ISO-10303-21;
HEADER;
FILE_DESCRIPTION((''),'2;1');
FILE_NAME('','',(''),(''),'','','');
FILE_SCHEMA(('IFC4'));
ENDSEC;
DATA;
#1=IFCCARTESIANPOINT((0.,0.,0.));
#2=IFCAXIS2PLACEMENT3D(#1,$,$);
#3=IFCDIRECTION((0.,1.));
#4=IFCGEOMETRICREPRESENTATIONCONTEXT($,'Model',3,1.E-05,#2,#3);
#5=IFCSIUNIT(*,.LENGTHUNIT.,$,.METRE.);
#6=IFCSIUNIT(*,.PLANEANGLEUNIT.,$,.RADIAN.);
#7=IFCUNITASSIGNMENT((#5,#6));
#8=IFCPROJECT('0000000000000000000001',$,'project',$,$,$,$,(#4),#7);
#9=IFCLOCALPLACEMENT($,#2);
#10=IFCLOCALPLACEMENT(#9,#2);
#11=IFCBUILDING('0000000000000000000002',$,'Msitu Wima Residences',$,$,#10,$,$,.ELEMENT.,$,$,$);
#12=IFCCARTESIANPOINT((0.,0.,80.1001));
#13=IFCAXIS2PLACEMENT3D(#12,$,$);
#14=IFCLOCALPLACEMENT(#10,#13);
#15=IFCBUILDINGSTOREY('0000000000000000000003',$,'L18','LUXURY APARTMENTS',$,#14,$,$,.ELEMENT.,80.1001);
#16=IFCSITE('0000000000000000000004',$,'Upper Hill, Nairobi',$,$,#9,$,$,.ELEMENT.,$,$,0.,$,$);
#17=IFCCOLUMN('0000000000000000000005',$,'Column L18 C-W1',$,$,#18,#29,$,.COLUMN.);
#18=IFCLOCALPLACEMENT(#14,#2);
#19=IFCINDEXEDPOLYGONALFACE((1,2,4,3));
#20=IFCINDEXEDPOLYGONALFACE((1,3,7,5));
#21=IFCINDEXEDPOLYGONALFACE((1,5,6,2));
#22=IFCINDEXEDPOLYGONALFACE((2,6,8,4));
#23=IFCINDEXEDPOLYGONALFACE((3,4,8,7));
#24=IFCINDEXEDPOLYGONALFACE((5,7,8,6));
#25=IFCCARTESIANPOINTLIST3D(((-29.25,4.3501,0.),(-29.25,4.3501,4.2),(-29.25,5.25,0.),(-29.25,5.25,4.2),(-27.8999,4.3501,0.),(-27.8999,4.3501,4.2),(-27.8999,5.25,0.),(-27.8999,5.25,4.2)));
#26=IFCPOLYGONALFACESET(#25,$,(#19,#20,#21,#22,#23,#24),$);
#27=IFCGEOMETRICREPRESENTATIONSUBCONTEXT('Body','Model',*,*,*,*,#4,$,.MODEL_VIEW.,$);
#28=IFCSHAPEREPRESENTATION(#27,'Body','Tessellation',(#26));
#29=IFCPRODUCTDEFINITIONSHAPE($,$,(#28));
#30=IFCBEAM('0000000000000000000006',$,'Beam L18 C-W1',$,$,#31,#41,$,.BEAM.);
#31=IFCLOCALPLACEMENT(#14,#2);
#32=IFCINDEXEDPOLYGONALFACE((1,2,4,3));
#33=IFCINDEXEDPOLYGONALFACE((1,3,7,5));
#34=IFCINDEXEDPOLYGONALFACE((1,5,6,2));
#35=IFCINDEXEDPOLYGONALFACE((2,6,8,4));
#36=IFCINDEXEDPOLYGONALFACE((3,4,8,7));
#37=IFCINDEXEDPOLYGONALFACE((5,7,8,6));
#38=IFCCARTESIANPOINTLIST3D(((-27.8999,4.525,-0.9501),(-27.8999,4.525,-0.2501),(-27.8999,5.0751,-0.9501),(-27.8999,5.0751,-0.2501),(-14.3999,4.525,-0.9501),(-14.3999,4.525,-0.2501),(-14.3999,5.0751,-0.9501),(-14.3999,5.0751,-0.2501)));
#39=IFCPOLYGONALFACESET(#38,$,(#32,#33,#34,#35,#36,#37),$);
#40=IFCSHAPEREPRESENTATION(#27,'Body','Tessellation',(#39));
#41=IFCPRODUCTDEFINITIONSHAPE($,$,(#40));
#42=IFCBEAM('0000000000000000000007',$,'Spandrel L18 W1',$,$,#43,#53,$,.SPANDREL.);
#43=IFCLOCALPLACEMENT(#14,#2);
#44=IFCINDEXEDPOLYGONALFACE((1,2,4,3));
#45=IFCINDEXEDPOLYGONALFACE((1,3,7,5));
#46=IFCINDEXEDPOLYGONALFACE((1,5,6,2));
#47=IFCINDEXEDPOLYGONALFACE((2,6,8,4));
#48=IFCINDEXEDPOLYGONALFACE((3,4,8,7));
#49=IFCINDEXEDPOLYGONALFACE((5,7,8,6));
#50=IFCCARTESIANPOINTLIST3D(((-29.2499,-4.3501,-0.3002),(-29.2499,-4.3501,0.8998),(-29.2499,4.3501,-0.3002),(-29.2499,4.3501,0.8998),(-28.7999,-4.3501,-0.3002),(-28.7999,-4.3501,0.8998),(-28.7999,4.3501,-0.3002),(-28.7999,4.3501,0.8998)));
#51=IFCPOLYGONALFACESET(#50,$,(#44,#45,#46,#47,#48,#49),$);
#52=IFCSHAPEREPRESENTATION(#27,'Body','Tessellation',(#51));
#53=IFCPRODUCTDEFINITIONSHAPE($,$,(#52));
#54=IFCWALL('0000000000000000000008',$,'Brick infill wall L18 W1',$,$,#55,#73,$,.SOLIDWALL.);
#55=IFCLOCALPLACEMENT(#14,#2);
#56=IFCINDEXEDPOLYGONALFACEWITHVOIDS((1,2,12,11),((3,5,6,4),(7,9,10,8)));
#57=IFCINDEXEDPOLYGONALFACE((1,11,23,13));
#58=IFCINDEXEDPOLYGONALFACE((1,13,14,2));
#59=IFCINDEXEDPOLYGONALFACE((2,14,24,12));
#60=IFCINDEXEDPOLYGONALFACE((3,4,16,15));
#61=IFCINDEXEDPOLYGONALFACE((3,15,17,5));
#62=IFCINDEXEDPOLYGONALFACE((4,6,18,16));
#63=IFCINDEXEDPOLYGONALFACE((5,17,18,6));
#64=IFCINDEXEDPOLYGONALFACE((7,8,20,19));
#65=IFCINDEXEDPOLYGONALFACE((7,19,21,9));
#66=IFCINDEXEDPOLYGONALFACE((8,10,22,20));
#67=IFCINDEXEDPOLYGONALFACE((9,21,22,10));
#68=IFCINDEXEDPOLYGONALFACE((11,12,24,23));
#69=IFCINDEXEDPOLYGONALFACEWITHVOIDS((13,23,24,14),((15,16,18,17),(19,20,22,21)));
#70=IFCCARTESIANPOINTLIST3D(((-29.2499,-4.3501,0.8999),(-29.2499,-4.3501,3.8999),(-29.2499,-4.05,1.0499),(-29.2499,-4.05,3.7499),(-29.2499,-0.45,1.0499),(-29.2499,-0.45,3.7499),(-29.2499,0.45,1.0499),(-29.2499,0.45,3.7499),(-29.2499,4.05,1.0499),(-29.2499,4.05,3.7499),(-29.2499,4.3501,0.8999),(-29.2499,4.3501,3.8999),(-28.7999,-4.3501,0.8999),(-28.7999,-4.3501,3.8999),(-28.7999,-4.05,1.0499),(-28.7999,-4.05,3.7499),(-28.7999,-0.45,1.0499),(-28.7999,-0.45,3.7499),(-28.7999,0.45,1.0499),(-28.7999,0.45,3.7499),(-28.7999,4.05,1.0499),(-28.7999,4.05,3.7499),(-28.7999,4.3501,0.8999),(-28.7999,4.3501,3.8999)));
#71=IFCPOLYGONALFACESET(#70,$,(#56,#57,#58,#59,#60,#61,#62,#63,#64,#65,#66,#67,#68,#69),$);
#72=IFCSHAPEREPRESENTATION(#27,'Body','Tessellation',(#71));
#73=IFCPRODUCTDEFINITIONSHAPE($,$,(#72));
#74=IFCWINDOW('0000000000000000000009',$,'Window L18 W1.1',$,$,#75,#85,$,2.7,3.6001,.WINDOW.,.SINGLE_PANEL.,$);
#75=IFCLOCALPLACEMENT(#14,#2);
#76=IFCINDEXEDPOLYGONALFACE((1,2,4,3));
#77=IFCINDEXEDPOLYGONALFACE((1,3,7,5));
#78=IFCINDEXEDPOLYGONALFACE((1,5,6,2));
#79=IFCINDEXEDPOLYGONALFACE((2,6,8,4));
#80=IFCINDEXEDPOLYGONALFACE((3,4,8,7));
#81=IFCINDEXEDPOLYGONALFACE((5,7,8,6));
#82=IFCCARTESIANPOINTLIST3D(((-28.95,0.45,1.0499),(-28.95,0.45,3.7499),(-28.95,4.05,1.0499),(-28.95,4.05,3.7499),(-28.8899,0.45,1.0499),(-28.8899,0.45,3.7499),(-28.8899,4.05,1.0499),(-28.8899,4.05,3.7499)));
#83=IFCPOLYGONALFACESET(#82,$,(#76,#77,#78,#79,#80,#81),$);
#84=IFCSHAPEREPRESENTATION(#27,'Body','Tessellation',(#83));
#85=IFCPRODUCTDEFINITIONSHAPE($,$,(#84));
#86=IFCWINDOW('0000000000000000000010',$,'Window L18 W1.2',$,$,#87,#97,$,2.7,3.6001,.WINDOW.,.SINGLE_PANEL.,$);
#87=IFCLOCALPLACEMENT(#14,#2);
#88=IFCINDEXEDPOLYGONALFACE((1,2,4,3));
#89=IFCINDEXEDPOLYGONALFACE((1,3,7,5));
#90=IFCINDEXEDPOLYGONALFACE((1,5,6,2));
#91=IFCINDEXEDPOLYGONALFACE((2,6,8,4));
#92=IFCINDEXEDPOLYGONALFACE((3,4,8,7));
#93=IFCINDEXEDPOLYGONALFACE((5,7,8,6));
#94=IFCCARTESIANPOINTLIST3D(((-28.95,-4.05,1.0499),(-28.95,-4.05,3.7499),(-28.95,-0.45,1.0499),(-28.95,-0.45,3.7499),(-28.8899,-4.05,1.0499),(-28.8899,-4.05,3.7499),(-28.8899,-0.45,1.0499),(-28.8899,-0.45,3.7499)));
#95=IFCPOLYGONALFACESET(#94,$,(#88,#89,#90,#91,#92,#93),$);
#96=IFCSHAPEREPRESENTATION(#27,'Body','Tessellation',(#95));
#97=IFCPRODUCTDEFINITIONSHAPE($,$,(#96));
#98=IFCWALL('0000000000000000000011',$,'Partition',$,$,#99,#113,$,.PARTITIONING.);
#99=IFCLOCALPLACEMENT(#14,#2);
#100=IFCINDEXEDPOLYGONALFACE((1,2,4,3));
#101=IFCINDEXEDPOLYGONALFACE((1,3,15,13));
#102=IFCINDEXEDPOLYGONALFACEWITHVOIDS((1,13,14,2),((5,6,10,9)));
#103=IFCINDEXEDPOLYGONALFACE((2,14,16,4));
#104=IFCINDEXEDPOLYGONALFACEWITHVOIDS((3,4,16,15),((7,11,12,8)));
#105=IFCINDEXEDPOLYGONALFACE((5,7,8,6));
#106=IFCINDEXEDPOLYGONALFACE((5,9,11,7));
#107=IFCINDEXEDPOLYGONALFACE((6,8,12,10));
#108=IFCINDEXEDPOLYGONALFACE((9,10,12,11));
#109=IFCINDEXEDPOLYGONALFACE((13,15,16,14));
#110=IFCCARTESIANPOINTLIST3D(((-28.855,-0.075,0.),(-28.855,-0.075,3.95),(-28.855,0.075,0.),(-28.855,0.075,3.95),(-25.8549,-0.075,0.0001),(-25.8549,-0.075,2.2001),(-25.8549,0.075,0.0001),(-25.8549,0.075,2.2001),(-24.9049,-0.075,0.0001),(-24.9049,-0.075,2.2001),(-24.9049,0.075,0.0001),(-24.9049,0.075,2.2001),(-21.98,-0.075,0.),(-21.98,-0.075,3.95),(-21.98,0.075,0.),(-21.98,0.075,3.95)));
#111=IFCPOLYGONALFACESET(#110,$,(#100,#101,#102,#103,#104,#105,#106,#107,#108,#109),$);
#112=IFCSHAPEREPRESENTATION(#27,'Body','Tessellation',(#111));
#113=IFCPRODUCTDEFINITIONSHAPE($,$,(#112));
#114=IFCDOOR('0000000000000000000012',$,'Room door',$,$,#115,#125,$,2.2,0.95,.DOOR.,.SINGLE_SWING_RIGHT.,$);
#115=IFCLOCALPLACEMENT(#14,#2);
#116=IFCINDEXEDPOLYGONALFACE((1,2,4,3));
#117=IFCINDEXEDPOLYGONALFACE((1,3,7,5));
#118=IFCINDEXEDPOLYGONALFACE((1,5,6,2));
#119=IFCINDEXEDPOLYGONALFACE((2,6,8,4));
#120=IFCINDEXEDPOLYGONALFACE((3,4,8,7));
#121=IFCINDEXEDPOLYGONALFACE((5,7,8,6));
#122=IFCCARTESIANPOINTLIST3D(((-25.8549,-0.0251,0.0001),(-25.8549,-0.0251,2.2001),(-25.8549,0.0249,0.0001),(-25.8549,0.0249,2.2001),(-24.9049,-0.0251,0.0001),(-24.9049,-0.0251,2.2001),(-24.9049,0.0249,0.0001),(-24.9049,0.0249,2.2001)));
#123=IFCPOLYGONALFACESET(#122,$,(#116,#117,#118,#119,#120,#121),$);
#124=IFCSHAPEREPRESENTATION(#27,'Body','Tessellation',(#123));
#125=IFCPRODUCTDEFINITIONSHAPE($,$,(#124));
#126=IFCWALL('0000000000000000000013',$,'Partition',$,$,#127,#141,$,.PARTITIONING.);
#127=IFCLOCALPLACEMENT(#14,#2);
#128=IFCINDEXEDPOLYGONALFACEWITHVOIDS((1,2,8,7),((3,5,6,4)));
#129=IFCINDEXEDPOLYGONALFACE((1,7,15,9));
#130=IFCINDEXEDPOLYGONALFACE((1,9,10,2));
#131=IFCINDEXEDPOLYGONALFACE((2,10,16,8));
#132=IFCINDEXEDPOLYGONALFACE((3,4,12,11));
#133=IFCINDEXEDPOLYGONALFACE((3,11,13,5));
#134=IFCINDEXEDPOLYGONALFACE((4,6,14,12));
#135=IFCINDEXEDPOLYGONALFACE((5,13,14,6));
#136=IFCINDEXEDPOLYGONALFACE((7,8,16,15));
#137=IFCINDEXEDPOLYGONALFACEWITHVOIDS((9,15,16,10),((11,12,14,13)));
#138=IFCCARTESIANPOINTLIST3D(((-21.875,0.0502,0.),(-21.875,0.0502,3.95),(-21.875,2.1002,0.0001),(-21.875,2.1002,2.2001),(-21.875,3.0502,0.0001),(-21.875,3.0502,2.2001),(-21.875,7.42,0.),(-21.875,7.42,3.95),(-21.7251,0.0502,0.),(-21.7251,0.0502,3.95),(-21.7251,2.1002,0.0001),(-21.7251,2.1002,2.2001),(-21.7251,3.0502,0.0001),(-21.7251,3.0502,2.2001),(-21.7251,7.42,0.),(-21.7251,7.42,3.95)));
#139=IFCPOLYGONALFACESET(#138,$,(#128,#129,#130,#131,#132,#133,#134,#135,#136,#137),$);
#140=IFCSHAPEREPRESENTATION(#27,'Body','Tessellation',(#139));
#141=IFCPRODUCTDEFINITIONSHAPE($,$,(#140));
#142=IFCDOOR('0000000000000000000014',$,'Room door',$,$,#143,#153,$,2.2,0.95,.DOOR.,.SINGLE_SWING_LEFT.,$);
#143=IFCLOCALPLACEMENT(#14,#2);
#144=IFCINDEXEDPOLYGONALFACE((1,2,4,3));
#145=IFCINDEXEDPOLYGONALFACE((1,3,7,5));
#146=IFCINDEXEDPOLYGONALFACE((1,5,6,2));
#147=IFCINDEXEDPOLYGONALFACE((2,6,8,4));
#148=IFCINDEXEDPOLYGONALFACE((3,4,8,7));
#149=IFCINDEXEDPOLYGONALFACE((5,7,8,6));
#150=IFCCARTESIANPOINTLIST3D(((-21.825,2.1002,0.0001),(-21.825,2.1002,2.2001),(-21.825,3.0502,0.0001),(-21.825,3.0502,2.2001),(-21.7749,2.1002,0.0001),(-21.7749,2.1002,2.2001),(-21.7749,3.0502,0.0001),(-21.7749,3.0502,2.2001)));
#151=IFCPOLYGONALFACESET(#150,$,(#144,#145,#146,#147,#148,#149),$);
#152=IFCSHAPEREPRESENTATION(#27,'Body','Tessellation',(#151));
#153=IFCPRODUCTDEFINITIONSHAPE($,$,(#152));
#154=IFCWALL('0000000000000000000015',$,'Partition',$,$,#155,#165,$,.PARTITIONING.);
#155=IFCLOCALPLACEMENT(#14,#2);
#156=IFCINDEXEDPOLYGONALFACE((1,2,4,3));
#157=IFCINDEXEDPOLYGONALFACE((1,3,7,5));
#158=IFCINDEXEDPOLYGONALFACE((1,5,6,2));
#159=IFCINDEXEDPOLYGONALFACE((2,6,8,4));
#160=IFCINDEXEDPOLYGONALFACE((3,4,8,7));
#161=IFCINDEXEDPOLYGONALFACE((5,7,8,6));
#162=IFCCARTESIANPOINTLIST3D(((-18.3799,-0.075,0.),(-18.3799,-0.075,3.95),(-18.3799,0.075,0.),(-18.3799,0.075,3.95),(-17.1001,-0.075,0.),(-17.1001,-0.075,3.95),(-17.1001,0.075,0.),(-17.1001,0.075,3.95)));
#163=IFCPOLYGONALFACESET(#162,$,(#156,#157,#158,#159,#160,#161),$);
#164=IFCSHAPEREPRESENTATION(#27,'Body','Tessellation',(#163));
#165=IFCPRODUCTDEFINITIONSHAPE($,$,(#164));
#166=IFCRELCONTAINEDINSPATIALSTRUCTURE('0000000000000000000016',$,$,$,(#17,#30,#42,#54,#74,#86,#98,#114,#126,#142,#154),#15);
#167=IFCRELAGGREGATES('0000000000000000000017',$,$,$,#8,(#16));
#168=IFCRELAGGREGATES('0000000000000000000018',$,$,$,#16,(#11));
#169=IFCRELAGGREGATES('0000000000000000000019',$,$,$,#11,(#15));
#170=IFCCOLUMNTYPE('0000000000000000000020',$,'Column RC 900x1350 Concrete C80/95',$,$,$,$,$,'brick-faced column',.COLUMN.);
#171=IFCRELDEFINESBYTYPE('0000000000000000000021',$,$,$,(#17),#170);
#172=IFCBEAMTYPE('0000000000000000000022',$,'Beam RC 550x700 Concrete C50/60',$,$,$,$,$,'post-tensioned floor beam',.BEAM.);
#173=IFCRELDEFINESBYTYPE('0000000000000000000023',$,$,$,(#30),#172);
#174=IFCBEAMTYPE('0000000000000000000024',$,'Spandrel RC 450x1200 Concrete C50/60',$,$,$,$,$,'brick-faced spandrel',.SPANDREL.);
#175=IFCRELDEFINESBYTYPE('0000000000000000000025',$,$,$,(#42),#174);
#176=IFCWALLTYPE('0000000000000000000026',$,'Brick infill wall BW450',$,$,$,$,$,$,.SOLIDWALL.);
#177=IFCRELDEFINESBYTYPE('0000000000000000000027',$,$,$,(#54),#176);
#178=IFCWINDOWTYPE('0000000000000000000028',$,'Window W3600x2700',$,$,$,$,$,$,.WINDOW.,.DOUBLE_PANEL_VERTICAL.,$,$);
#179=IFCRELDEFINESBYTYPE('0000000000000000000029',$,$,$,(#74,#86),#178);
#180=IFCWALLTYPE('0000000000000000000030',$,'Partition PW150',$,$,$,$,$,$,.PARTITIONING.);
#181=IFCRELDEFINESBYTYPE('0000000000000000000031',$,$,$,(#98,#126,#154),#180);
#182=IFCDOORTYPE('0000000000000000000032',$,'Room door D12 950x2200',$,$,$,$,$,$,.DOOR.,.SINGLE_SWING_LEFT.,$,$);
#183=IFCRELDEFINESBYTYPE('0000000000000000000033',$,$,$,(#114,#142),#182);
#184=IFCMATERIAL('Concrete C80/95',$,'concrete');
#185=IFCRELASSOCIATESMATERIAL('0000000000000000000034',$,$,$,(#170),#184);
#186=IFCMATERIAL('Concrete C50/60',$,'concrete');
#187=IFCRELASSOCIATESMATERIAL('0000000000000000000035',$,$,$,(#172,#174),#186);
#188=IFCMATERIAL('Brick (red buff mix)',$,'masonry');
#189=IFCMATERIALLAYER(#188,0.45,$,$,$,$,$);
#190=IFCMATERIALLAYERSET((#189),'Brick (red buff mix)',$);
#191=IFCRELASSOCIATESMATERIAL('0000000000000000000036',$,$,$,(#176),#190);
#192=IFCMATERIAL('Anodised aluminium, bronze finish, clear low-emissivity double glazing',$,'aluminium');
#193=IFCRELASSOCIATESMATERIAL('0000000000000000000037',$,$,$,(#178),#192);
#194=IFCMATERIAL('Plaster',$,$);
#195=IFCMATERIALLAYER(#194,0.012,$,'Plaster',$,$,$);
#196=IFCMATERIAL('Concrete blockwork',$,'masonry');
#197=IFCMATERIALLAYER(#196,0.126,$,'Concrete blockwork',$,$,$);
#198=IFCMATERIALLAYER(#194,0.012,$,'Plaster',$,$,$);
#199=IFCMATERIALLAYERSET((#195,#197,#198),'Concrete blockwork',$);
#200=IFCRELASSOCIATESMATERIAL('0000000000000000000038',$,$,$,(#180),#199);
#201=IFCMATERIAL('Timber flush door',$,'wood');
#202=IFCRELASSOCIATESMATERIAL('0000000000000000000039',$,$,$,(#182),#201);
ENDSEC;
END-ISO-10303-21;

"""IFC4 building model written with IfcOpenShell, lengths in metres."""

from ifc_helpers import new_model, si_unit, direction, frame, frame_2d, origin, origin_2d, place, context, subcontext, project, spatial, rectangle, extrude, material, layer, layer_set, material_profile, profile_set, type_object, element, fill, save


model = new_model("IFC4")

# Units and contexts
model_context = context("Model", 3, precision=1e-05, world=origin(), true_north=direction((0.0, 1.0)))
body_context = subcontext(model_context, "Body", "Model", "MODEL_VIEW")
ifc_project = project(units=[si_unit("LENGTHUNIT", "METRE"), si_unit("PLANEANGLEUNIT", "RADIAN")], contexts=[model_context])

# Site, building, storey
site_placement = place(None, origin())
site = spatial("IfcSite", under=ifc_project, at=site_placement, Name="Upper Hill, Nairobi", CompositionType="ELEMENT", RefElevation=0.0)
building_placement = place(site_placement, origin())
building = spatial("IfcBuilding", under=site, at=building_placement, Name="Msitu Wima Residences", CompositionType="ELEMENT")
storey_placement = place(building_placement, frame((0.0, 0.0, 80.1001)))
storey = spatial("IfcBuildingStorey", under=building, at=storey_placement, Name="L18", Description="LUXURY APARTMENTS", CompositionType="ELEMENT", Elevation=80.1001)

# Column
ifc_material_1 = material(Name="Concrete C80/95", Category="concrete")
ifc_material_profile_1 = material_profile(ifc_material_1, rectangle(XDim=0.8999, YDim=1.3501, at=origin_2d()), Name="RC 900x1350")
ifc_profile_set_1 = profile_set([ifc_material_profile_1], Name="Concrete C80/95")
column_type = type_object("IfcColumnType", Name="Column RC 900x1350 Concrete C80/95", ElementType="brick-faced column", PredefinedType="COLUMN", material=ifc_profile_set_1)
column_placement = place(storey_placement, frame((-28.575, 4.8, 0.0), z_axis=(0.0, 0.0, 1.0), x_axis=(0.0, -1.0, 0.0)))
element("IfcColumn", 1, at=column_placement, inside=storey, type_object=column_type, Name="Column L18 C-W1", PredefinedType="COLUMN", context=body_context, shape_type="SweptSolid", body=[
    extrude(rectangle(XDim=0.8999, YDim=1.3501, at=origin_2d()), origin(), (0.0, 0.0, 1.0), 4.2),
])

# Beams
ifc_material_2 = material(Name="Concrete C50/60", Category="concrete")
ifc_material_profile_2 = material_profile(ifc_material_2, rectangle(XDim=0.55, YDim=0.7, at=origin_2d()), Name="RC 550x700")
ifc_profile_set_2 = profile_set([ifc_material_profile_2], Name="Concrete C50/60")
beam_type_1 = type_object("IfcBeamType", Name="Beam RC 550x700 Concrete C50/60", ElementType="post-tensioned floor beam", PredefinedType="BEAM", material=ifc_profile_set_2)
beam_1_placement = place(storey_placement, frame((-27.8999, 4.8, -0.6001), z_axis=(1.0, 0.0, 0.0), x_axis=(0.0, 1.0, 0.0)))
element("IfcBeam", 2, at=beam_1_placement, inside=storey, type_object=beam_type_1, Name="Beam L18 C-W1", PredefinedType="BEAM", context=body_context, shape_type="SweptSolid", body=[
    extrude(rectangle(XDim=0.55, YDim=0.7, at=origin_2d()), origin(), (0.0, 0.0, 1.0), 13.5),
])
ifc_material_profile_3 = material_profile(ifc_material_2, rectangle(XDim=0.45, YDim=1.2, at=origin_2d()), Name="RC 450x1200")
ifc_profile_set_3 = profile_set([ifc_material_profile_3], Name="Concrete C50/60")
beam_type_2 = type_object("IfcBeamType", Name="Spandrel RC 450x1200 Concrete C50/60", ElementType="brick-faced spandrel", PredefinedType="SPANDREL", material=ifc_profile_set_3)
beam_2_placement = place(storey_placement, frame((-29.0249, 4.3501, 0.2998), z_axis=(0.0, -1.0, 0.0), x_axis=(1.0, 0.0, 0.0)))
element("IfcBeam", 3, at=beam_2_placement, inside=storey, type_object=beam_type_2, Name="Spandrel L18 W1", PredefinedType="SPANDREL", context=body_context, shape_type="SweptSolid", body=[
    extrude(rectangle(XDim=0.45, YDim=1.2, at=origin_2d()), origin(), (0.0, 0.0, 1.0), 8.7002),
])

# Wall, openings, windows
ifc_material_3 = material(Name="Brick (red buff mix)", Category="masonry")
ifc_layer_1 = layer(ifc_material_3, 0.45)
ifc_layer_set_1 = layer_set([ifc_layer_1], Name="Brick (red buff mix)")
wall_type_1 = type_object("IfcWallType", Name="Brick infill wall BW450", PredefinedType="SOLIDWALL", material=ifc_layer_set_1)
wall_1_placement = place(storey_placement, frame((-29.0249, 4.3501, 0.8999), z_axis=(0.0, 0.0, 1.0), x_axis=(0.0, -1.0, 0.0)))
wall_1 = element("IfcWall", 4, at=wall_1_placement, inside=storey, type_object=wall_type_1, Name="Brick infill wall L18 W1", PredefinedType="SOLIDWALL", context=body_context, shape_type="SweptSolid", body=[
    extrude(rectangle(XDim=8.7002, YDim=0.45, at=frame_2d((4.3501, 0.0))), origin(), (0.0, 0.0, 1.0), 3.0),
])
opening_1_placement = place(wall_1_placement, frame((0.3, 0.0, 0.1499)))
opening_1 = element("IfcOpeningElement", 5, at=opening_1_placement, cuts=wall_1, PredefinedType="OPENING", context=body_context, shape_type="SweptSolid", body=[
    extrude(rectangle(XDim=3.6001, YDim=2.7, at=frame_2d((1.8, 1.3501))), frame((0.0, 0.2349, 0.0), z_axis=(0.0, -1.0, 0.0), x_axis=(1.0, 0.0, 0.0)), (0.0, 0.0, 1.0), 0.47),
])
opening_2_placement = place(wall_1_placement, frame((4.8, 0.0, 0.1499)))
opening_2 = element("IfcOpeningElement", 6, at=opening_2_placement, cuts=wall_1, PredefinedType="OPENING", context=body_context, shape_type="SweptSolid", body=[
    extrude(rectangle(XDim=3.6001, YDim=2.7, at=frame_2d((1.8, 1.3501))), frame((0.0, 0.2349, 0.0), z_axis=(0.0, -1.0, 0.0), x_axis=(1.0, 0.0, 0.0)), (0.0, 0.0, 1.0), 0.47),
])
ifc_material_4 = material(Name="Anodised aluminium, bronze finish, clear low-emissivity double glazing", Category="aluminium")
window_type = type_object("IfcWindowType", Name="Window W3600x2700", PartitioningType="DOUBLE_PANEL_VERTICAL", PredefinedType="WINDOW", material=ifc_material_4)
window_1_placement = place(opening_1_placement, origin())
window_1 = element("IfcWindow", 7, at=window_1_placement, inside=storey, type_object=window_type, Name="Window L18 W1.1", OverallHeight=2.7, OverallWidth=3.6001, PartitioningType="SINGLE_PANEL", PredefinedType="WINDOW", context=body_context, shape_type="SweptSolid", body=[
    extrude(rectangle(XDim=3.6001, YDim=2.7, at=frame_2d((1.8, 1.3501))), frame((0.0, 0.135, 0.0), z_axis=(0.0, -1.0, 0.0), x_axis=(1.0, 0.0, 0.0)), (0.0, 0.0, 1.0), 0.0601),
])
fill(opening_1, window_1)
window_2_placement = place(opening_2_placement, origin())
window_2 = element("IfcWindow", 8, at=window_2_placement, inside=storey, type_object=window_type, Name="Window L18 W1.2", OverallHeight=2.7, OverallWidth=3.6001, PartitioningType="SINGLE_PANEL", PredefinedType="WINDOW", context=body_context, shape_type="SweptSolid", body=[
    extrude(rectangle(XDim=3.6001, YDim=2.7, at=frame_2d((1.8, 1.3501))), frame((0.0, 0.135, 0.0), z_axis=(0.0, -1.0, 0.0), x_axis=(1.0, 0.0, 0.0)), (0.0, 0.0, 1.0), 0.0601),
])
fill(opening_2, window_2)

# Walls, openings, doors
ifc_material_5 = material(Name="Plaster")
ifc_layer_2 = layer(ifc_material_5, 0.012, Name="Plaster")
ifc_material_6 = material(Name="Concrete blockwork", Category="masonry")
ifc_layer_3 = layer(ifc_material_6, 0.126, Name="Concrete blockwork")
ifc_layer_4 = layer(ifc_material_5, 0.012, Name="Plaster")
ifc_layer_set_2 = layer_set([ifc_layer_2, ifc_layer_3, ifc_layer_4], Name="Concrete blockwork")
wall_type_2 = type_object("IfcWallType", Name="Partition PW150", PredefinedType="PARTITIONING", material=ifc_layer_set_2)
wall_2_placement = place(storey_placement, frame((-28.855, 0.0, 0.0), z_axis=(0.0, 0.0, 1.0), x_axis=(1.0, 0.0, 0.0)))
wall_2 = element("IfcWall", 9, at=wall_2_placement, inside=storey, type_object=wall_type_2, Name="Partition", PredefinedType="PARTITIONING", context=body_context, shape_type="SweptSolid", body=[
    extrude(rectangle(XDim=6.875, YDim=0.1499, at=frame_2d((3.4375, 0.0))), origin(), (0.0, 0.0, 1.0), 3.95),
])
opening_3_placement = place(wall_2_placement, frame((3.0, 0.0, 0.0)))
opening_3 = element("IfcOpeningElement", 10, at=opening_3_placement, cuts=wall_2, PredefinedType="OPENING", context=body_context, shape_type="SweptSolid", body=[
    extrude(rectangle(XDim=0.95, YDim=2.2, at=frame_2d((0.4751, 1.1001))), frame((0.0, 0.085, 0.0), z_axis=(0.0, -1.0, 0.0), x_axis=(1.0, 0.0, 0.0)), (0.0, 0.0, 1.0), 0.1699),
])
ifc_material_7 = material(Name="Timber flush door", Category="wood")
door_type = type_object("IfcDoorType", Name="Room door D12 950x2200", OperationType="SINGLE_SWING_LEFT", PredefinedType="DOOR", material=ifc_material_7)
door_1_placement = place(opening_3_placement, origin())
door_1 = element("IfcDoor", 11, at=door_1_placement, inside=storey, type_object=door_type, Name="Room door", OperationType="SINGLE_SWING_RIGHT", OverallHeight=2.2, OverallWidth=0.95, PredefinedType="DOOR", context=body_context, shape_type="SweptSolid", body=[
    extrude(rectangle(XDim=0.95, YDim=2.2, at=frame_2d((0.4751, 1.1001))), frame((0.0, 0.0249, 0.0), z_axis=(0.0, -1.0, 0.0), x_axis=(1.0, 0.0, 0.0)), (0.0, 0.0, 1.0), 0.05),
])
fill(opening_3, door_1)
wall_3_placement = place(storey_placement, frame((-21.8, 0.05, 0.0), z_axis=(0.0, 0.0, 1.0), x_axis=(0.0, 1.0, 0.0)))
wall_3 = element("IfcWall", 12, at=wall_3_placement, inside=storey, type_object=wall_type_2, Name="Partition", PredefinedType="PARTITIONING", context=body_context, shape_type="SweptSolid", body=[
    extrude(rectangle(XDim=7.3699, YDim=0.1499, at=frame_2d((3.6851, 0.0))), origin(), (0.0, 0.0, 1.0), 3.95),
])
opening_4_placement = place(wall_3_placement, frame((2.05, 0.0, 0.0)))
opening_4 = element("IfcOpeningElement", 13, at=opening_4_placement, cuts=wall_3, PredefinedType="OPENING", context=body_context, shape_type="SweptSolid", body=[
    extrude(rectangle(XDim=0.95, YDim=2.2, at=frame_2d((0.4751, 1.1001))), frame((0.0, 0.085, 0.0), z_axis=(0.0, -1.0, 0.0), x_axis=(1.0, 0.0, 0.0)), (0.0, 0.0, 1.0), 0.1699),
])
door_2_placement = place(opening_4_placement, origin())
door_2 = element("IfcDoor", 14, at=door_2_placement, inside=storey, type_object=door_type, Name="Room door", OperationType="SINGLE_SWING_LEFT", OverallHeight=2.2, OverallWidth=0.95, PredefinedType="DOOR", context=body_context, shape_type="SweptSolid", body=[
    extrude(rectangle(XDim=0.95, YDim=2.2, at=frame_2d((0.4751, 1.1001))), frame((0.0, 0.0249, 0.0), z_axis=(0.0, -1.0, 0.0), x_axis=(1.0, 0.0, 0.0)), (0.0, 0.0, 1.0), 0.05),
])
fill(opening_4, door_2)

# Wall
wall_4_placement = place(storey_placement, frame((-18.3799, 0.0, 0.0), z_axis=(0.0, 0.0, 1.0), x_axis=(1.0, 0.0, 0.0)))
element("IfcWall", 15, at=wall_4_placement, inside=storey, type_object=wall_type_2, Name="Partition", PredefinedType="PARTITIONING", context=body_context, shape_type="SweptSolid", body=[
    extrude(rectangle(XDim=1.2798, YDim=0.1499, at=frame_2d((0.6399, 0.0))), origin(), (0.0, 0.0, 1.0), 3.95),
])

save(model, "model.ifc")
